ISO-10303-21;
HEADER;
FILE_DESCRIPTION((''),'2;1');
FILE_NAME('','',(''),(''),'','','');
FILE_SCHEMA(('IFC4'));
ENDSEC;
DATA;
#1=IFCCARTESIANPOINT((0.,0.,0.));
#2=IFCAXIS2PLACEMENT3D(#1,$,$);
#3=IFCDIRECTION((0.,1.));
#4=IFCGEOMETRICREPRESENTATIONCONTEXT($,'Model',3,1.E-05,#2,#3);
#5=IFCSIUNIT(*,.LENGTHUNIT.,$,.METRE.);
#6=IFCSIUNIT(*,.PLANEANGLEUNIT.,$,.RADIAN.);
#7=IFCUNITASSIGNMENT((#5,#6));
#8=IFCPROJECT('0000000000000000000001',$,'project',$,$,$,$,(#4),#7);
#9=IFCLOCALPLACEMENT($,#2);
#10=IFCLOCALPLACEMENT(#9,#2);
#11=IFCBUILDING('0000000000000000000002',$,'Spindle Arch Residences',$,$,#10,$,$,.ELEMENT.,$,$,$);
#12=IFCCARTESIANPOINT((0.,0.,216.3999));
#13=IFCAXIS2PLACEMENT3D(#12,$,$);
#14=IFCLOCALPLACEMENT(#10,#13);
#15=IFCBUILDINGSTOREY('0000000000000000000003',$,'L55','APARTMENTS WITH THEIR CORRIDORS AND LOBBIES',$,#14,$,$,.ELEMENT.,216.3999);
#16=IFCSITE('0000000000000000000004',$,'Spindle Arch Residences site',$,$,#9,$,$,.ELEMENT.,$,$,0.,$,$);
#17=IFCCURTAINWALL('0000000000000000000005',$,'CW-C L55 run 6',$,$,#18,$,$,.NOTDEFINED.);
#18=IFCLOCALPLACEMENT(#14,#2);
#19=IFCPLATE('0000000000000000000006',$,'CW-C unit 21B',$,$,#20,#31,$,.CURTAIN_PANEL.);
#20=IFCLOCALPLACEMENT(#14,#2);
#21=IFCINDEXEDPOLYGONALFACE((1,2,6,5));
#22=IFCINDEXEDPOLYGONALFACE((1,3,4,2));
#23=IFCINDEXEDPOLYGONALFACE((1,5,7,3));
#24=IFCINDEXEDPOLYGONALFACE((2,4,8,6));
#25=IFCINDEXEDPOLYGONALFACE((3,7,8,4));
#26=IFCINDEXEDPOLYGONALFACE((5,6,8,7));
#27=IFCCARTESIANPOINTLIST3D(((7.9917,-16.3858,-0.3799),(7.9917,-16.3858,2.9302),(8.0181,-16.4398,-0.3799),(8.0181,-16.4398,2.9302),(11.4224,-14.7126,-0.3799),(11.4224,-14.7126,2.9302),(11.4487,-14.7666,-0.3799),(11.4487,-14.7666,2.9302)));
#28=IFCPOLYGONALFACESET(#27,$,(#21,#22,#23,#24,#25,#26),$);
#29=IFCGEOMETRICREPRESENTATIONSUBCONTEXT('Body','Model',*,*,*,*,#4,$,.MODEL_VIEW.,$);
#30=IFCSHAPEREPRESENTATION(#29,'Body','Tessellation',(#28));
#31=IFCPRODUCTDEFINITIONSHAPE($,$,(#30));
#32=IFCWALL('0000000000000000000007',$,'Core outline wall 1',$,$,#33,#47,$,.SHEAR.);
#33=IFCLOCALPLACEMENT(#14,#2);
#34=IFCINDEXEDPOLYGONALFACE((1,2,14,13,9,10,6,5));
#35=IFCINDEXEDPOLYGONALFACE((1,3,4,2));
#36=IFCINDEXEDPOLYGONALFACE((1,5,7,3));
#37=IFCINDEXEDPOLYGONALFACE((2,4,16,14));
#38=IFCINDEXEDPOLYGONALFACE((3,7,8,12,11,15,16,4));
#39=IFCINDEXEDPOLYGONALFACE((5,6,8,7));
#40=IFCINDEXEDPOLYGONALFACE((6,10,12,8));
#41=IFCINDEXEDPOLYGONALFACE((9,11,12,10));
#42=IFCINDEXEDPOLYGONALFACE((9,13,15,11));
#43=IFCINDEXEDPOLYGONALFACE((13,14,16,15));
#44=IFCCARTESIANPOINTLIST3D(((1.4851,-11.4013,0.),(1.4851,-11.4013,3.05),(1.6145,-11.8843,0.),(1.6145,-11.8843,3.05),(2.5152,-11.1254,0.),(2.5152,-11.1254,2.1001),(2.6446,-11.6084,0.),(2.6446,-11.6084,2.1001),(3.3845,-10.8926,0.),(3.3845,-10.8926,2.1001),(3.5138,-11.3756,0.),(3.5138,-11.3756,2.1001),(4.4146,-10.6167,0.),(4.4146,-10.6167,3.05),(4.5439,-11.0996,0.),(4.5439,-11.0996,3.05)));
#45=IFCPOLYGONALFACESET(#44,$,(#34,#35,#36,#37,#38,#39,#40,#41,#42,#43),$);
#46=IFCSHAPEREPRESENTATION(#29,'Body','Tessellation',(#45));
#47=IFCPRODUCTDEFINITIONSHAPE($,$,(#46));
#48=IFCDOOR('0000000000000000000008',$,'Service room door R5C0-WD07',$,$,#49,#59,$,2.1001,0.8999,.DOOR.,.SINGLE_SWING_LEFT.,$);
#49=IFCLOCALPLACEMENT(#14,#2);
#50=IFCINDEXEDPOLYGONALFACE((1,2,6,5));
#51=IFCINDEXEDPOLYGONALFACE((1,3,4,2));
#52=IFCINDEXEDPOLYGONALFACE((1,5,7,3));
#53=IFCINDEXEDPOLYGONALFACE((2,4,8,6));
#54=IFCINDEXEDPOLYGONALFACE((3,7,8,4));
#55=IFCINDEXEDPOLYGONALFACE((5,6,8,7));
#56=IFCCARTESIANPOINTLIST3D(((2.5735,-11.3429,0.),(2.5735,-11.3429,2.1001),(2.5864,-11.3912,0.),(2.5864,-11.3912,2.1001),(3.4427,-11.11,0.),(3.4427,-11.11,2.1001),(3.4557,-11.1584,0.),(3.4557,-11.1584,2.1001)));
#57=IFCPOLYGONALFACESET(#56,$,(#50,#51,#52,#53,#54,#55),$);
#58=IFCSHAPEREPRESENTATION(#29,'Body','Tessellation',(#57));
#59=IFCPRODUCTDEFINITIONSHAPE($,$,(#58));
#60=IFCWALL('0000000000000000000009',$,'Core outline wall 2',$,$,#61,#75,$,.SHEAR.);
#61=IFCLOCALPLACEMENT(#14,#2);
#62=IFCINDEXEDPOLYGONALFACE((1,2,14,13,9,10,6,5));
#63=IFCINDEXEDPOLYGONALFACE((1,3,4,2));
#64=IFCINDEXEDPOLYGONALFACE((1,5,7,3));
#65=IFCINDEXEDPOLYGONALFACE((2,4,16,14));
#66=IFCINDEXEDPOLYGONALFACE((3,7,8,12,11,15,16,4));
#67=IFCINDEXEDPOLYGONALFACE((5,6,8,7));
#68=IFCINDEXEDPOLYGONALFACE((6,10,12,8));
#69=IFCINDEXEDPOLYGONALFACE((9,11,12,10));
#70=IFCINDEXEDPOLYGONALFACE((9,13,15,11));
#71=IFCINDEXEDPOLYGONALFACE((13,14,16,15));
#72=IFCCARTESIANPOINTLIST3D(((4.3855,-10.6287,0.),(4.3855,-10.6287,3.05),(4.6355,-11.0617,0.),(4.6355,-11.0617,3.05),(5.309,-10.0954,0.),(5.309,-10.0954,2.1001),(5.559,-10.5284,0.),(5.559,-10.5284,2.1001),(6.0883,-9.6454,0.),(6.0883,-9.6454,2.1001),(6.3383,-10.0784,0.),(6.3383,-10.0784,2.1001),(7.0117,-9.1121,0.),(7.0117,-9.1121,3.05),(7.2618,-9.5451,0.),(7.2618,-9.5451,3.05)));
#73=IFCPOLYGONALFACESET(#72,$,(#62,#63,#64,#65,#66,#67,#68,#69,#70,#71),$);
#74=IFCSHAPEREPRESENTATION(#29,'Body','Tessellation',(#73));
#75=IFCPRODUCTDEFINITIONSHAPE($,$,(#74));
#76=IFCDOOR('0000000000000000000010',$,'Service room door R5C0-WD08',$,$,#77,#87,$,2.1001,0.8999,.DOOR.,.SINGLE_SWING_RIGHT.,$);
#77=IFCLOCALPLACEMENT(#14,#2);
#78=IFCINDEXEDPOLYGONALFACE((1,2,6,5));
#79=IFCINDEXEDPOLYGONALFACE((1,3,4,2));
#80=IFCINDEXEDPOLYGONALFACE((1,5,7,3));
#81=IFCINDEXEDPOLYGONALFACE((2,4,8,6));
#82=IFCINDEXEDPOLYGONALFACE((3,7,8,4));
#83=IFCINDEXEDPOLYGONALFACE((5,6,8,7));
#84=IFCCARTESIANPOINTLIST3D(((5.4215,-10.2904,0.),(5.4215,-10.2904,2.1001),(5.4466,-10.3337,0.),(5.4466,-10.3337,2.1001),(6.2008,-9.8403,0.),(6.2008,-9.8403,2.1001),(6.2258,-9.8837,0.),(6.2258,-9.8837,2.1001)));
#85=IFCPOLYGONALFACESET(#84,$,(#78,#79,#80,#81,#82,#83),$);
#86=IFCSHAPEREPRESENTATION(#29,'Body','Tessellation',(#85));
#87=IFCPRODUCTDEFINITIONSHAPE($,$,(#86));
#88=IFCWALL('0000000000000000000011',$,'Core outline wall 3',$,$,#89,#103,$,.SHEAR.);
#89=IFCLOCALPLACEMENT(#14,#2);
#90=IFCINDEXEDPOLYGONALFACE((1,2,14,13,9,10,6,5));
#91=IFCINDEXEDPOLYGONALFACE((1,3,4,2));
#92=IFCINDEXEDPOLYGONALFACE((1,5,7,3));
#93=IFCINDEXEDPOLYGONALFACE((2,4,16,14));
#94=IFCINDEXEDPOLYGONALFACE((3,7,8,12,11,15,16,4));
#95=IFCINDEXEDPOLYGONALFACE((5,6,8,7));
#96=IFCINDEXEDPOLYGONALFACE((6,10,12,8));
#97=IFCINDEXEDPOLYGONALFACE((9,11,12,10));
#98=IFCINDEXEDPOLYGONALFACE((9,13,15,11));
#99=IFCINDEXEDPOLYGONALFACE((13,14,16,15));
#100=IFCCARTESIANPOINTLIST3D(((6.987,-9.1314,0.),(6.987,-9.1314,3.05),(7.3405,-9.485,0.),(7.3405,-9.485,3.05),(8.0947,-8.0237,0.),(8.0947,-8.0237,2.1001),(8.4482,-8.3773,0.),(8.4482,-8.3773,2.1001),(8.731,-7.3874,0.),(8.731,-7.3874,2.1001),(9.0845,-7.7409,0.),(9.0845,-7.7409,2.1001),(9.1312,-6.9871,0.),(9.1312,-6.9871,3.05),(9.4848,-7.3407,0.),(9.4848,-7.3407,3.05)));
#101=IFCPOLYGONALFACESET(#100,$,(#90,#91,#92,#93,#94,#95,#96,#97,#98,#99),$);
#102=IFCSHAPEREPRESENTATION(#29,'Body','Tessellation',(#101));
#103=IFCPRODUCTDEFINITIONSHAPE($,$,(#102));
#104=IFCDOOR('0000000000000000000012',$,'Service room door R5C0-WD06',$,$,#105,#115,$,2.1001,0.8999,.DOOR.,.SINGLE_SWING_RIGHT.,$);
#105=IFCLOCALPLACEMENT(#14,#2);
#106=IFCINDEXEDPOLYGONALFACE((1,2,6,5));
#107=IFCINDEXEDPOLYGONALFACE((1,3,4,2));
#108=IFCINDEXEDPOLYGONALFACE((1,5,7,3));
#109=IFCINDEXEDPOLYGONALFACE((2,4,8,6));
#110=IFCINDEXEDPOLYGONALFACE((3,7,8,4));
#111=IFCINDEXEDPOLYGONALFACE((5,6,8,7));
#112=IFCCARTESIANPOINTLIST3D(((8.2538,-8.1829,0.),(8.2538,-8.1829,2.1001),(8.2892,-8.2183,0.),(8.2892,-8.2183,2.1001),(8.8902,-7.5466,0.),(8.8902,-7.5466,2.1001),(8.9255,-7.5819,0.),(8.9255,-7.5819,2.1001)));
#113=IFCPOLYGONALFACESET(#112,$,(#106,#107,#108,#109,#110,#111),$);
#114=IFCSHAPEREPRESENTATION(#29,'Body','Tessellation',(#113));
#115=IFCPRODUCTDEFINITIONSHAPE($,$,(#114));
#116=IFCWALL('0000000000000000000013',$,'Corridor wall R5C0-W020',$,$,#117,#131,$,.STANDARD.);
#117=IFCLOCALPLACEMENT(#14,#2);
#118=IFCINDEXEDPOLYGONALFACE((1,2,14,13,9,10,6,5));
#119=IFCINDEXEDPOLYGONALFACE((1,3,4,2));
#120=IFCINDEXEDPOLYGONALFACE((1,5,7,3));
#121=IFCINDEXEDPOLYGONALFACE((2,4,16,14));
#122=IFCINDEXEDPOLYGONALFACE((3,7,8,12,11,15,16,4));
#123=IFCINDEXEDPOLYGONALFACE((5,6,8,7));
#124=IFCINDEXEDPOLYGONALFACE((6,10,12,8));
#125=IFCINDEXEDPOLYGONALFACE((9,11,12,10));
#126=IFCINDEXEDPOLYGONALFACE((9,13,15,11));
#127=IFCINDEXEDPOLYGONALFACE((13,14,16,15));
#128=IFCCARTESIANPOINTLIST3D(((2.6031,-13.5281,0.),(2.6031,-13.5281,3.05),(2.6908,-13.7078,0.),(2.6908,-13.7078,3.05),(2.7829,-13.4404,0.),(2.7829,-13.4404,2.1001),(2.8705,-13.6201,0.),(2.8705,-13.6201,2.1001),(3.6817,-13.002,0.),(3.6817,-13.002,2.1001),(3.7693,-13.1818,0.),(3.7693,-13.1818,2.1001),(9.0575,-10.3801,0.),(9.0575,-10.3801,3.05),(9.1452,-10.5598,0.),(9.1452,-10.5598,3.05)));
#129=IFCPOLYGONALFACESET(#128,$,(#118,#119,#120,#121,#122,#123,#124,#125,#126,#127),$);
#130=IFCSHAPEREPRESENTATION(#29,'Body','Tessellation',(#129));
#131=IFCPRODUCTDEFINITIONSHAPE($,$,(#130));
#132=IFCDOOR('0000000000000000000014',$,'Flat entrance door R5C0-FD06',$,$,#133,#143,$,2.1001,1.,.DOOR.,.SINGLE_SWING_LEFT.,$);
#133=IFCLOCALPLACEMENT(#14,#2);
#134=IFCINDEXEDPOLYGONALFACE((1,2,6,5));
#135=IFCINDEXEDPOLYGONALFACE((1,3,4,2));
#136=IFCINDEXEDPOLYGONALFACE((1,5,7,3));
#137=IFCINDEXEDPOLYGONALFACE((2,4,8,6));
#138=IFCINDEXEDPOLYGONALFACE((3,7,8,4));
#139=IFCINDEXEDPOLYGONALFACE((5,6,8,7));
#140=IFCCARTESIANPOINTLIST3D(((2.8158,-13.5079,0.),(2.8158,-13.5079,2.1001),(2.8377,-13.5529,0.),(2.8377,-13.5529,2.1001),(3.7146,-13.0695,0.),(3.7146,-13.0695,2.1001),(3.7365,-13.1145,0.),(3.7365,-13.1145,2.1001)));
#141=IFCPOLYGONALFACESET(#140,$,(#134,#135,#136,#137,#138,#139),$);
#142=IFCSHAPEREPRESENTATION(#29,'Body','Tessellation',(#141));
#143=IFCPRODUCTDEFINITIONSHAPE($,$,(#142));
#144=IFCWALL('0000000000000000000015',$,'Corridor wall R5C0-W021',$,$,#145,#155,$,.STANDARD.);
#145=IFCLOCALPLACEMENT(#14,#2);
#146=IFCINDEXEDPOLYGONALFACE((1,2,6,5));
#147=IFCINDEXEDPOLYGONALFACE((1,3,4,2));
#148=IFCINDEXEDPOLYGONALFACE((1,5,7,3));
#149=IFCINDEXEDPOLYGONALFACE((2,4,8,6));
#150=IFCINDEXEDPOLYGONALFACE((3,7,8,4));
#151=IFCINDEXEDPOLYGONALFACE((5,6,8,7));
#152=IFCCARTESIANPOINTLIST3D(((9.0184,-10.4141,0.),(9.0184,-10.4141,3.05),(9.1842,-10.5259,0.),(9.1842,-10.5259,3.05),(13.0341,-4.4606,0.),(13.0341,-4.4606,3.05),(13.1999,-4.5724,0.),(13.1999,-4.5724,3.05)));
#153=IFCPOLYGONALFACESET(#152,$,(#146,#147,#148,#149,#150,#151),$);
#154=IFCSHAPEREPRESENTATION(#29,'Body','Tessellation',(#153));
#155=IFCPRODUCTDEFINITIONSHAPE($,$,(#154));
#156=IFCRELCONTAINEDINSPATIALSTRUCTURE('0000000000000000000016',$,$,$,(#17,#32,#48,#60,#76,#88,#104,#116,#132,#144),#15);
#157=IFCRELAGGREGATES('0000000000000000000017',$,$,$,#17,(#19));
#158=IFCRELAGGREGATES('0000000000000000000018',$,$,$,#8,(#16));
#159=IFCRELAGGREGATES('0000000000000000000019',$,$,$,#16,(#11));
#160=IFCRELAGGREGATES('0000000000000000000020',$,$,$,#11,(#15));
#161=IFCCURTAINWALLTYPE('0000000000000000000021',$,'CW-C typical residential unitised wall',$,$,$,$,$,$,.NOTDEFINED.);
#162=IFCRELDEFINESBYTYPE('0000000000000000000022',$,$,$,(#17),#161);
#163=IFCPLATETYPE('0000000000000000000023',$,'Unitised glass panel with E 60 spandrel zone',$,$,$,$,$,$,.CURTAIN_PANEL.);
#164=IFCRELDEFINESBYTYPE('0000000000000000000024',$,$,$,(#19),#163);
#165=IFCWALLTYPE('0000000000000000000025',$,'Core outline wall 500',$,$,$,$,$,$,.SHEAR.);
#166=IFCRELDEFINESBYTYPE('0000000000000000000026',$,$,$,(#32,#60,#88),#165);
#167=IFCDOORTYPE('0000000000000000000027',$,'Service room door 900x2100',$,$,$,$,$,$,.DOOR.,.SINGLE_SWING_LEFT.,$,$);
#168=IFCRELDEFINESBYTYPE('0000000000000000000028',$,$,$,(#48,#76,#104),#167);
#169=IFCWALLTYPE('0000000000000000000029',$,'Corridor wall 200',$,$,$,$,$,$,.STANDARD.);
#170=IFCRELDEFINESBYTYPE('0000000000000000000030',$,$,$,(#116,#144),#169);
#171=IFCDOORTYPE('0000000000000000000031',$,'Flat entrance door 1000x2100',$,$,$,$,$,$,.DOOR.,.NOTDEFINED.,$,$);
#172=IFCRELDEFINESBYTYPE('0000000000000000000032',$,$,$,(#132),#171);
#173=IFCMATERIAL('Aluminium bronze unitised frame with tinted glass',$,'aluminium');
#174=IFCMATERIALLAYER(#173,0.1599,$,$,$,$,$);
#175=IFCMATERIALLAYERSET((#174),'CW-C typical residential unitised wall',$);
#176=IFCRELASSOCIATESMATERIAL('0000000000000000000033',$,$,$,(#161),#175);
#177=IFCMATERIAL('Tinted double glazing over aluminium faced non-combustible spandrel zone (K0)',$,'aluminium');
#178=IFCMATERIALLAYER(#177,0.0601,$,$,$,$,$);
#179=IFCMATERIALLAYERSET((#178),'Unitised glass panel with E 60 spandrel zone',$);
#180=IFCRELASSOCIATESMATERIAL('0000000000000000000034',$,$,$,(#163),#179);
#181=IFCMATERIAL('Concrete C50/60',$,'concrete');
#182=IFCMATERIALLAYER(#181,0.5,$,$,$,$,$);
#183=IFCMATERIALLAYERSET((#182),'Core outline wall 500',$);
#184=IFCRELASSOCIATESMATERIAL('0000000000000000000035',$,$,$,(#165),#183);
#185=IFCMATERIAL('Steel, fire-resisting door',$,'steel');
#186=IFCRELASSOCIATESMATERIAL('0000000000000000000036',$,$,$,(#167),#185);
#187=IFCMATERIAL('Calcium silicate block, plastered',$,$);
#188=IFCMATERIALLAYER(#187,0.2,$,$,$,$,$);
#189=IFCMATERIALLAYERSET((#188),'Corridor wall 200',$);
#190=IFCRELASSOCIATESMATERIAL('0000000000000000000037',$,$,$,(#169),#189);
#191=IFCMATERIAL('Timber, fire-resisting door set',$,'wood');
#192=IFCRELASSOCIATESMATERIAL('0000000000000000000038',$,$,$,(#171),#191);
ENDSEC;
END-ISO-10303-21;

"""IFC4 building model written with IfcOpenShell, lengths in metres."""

from ifc_helpers import new_model, si_unit, direction, frame, frame_2d, origin, origin_2d, place, context, subcontext, project, spatial, rectangle, extrude, material, layer, layer_set, type_object, element, fill, aggregate, save


model = new_model("IFC4")

# Units and contexts
model_context = context("Model", 3, precision=1e-05, world=origin(), true_north=direction((0.0, 1.0)))
body_context = subcontext(model_context, "Body", "Model", "MODEL_VIEW")
ifc_project = project(units=[si_unit("LENGTHUNIT", "METRE"), si_unit("PLANEANGLEUNIT", "RADIAN")], contexts=[model_context])

# Site, building, storey
site_placement = place(None, origin())
site = spatial("IfcSite", under=ifc_project, at=site_placement, Name="Spindle Arch Residences site", CompositionType="ELEMENT", RefElevation=0.0)
building_placement = place(site_placement, origin())
building = spatial("IfcBuilding", under=site, at=building_placement, Name="Spindle Arch Residences", CompositionType="ELEMENT")
storey_placement = place(building_placement, frame((0.0, 0.0, 216.3999)))
storey = spatial("IfcBuildingStorey", under=building, at=storey_placement, Name="L55", Description="APARTMENTS WITH THEIR CORRIDORS AND LOBBIES", CompositionType="ELEMENT", Elevation=216.3999)

# Curtain wall
ifc_material_1 = material(Name="Aluminium bronze unitised frame with tinted glass", Category="aluminium")
ifc_layer_1 = layer(ifc_material_1, 0.1599)
ifc_layer_set_1 = layer_set([ifc_layer_1], Name="CW-C typical residential unitised wall")
curtain_wall_type = type_object("IfcCurtainWallType", Name="CW-C typical residential unitised wall", PredefinedType="NOTDEFINED", material=ifc_layer_set_1)
curtain_wall_placement = place(storey_placement, origin())
curtain_wall = element("IfcCurtainWall", 1, at=curtain_wall_placement, inside=storey, type_object=curtain_wall_type, Name="CW-C L55 run 6", PredefinedType="NOTDEFINED")

# Plate
ifc_material_2 = material(Name="Tinted double glazing over aluminium faced non-combustible spandrel zone (K0)", Category="aluminium")
ifc_layer_2 = layer(ifc_material_2, 0.0601)
ifc_layer_set_2 = layer_set([ifc_layer_2], Name="Unitised glass panel with E 60 spandrel zone")
plate_type = type_object("IfcPlateType", Name="Unitised glass panel with E 60 spandrel zone", PredefinedType="CURTAIN_PANEL", material=ifc_layer_set_2)
plate_1_placement = place(storey_placement, frame((9.7202, -15.5762, -0.3799), z_axis=(0.0, 0.0, 1.0), x_axis=(0.898794, 0.438371, 0.0)))
plate_1 = element("IfcPlate", 2, at=plate_1_placement, type_object=plate_type, Name="CW-C unit 21B", PredefinedType="CURTAIN_PANEL", context=body_context, shape_type="SweptSolid", body=[
    extrude(rectangle(XDim=3.8169, YDim=0.0601, at=origin_2d()), origin(), (0.0, 0.0, 1.0), 3.3101),
])
aggregate(curtain_wall, [plate_1])

# Walls, openings, doors
ifc_material_3 = material(Name="Concrete C50/60", Category="concrete")
ifc_layer_3 = layer(ifc_material_3, 0.5)
ifc_layer_set_3 = layer_set([ifc_layer_3], Name="Core outline wall 500")
wall_type_1 = type_object("IfcWallType", Name="Core outline wall 500", PredefinedType="SHEAR", material=ifc_layer_set_3)
wall_1_placement = place(storey_placement, frame((1.5498, -11.6428, 0.0), z_axis=(0.0, 0.0, 1.0), x_axis=(0.965948, 0.258735, 0.0)))
wall_1 = element("IfcWall", 3, at=wall_1_placement, inside=storey, type_object=wall_type_1, Name="Core outline wall 1", PredefinedType="SHEAR", context=body_context, shape_type="SweptSolid", body=[
    extrude(rectangle(XDim=3.0327, YDim=0.5, at=frame_2d((1.5164, 0.0))), origin(), (0.0, 0.0, 1.0), 3.05),
])
opening_1_placement = place(wall_1_placement, frame((1.0664, 0.0, 0.0)))
opening_1 = element("IfcOpeningElement", 4, at=opening_1_placement, cuts=wall_1, PredefinedType="OPENING", context=body_context, shape_type="SweptSolid", body=[
    extrude(rectangle(XDim=0.8999, YDim=2.1001, at=frame_2d((0.45, 1.05))), frame((0.0, 0.26, 0.0), z_axis=(0.0, -1.0, 0.0), x_axis=(1.0, 0.0, 0.0)), (0.0, 0.0, 1.0), 0.52),
])
ifc_material_4 = material(Name="Steel, fire-resisting door", Category="steel")
door_type_1 = type_object("IfcDoorType", Name="Service room door 900x2100", OperationType="SINGLE_SWING_LEFT", PredefinedType="DOOR", material=ifc_material_4)
door_1_placement = place(opening_1_placement, origin())
door_1 = element("IfcDoor", 5, at=door_1_placement, inside=storey, type_object=door_type_1, Name="Service room door R5C0-WD07", OperationType="SINGLE_SWING_LEFT", OverallHeight=2.1001, OverallWidth=0.8999, PredefinedType="DOOR", context=body_context, shape_type="SweptSolid", body=[
    extrude(rectangle(XDim=0.8999, YDim=2.1001, at=frame_2d((0.45, 1.05))), frame((0.0, 0.0249, 0.0), z_axis=(0.0, -1.0, 0.0), x_axis=(1.0, 0.0, 0.0)), (0.0, 0.0, 1.0), 0.05),
])
fill(opening_1, door_1)
wall_2_placement = place(storey_placement, frame((4.5105, -10.8452, 0.0), z_axis=(0.0, 0.0, 1.0), x_axis=(0.865975, 0.500087, 0.0)))
wall_2 = element("IfcWall", 6, at=wall_2_placement, inside=storey, type_object=wall_type_1, Name="Core outline wall 2", PredefinedType="SHEAR", context=body_context, shape_type="SweptSolid", body=[
    extrude(rectangle(XDim=3.0327, YDim=0.5, at=frame_2d((1.5164, 0.0))), origin(), (0.0, 0.0, 1.0), 3.05),
])
opening_2_placement = place(wall_2_placement, frame((1.0664, 0.0, 0.0)))
opening_2 = element("IfcOpeningElement", 7, at=opening_2_placement, cuts=wall_2, PredefinedType="OPENING", context=body_context, shape_type="SweptSolid", body=[
    extrude(rectangle(XDim=0.8999, YDim=2.1001, at=frame_2d((0.45, 1.05))), frame((0.0, 0.26, 0.0), z_axis=(0.0, -1.0, 0.0), x_axis=(1.0, 0.0, 0.0)), (0.0, 0.0, 1.0), 0.52),
])
door_2_placement = place(opening_2_placement, origin())
door_2 = element("IfcDoor", 8, at=door_2_placement, inside=storey, type_object=door_type_1, Name="Service room door R5C0-WD08", OperationType="SINGLE_SWING_RIGHT", OverallHeight=2.1001, OverallWidth=0.8999, PredefinedType="DOOR", context=body_context, shape_type="SweptSolid", body=[
    extrude(rectangle(XDim=0.8999, YDim=2.1001, at=frame_2d((0.45, 1.05))), frame((0.0, 0.0249, 0.0), z_axis=(0.0, -1.0, 0.0), x_axis=(1.0, 0.0, 0.0)), (0.0, 0.0, 1.0), 0.05),
])
fill(opening_2, door_2)
wall_3_placement = place(storey_placement, frame((7.1638, -9.3081, 0.0), z_axis=(0.0, 0.0, 1.0), x_axis=(0.707107, 0.707107, 0.0)))
wall_3 = element("IfcWall", 9, at=wall_3_placement, inside=storey, type_object=wall_type_1, Name="Core outline wall 3", PredefinedType="SHEAR", context=body_context, shape_type="SweptSolid", body=[
    extrude(rectangle(XDim=3.0325, YDim=0.5, at=frame_2d((1.5161, 0.0))), origin(), (0.0, 0.0, 1.0), 3.05),
])
opening_3_placement = place(wall_3_placement, frame((1.5664, 0.0, 0.0)))
opening_3 = element("IfcOpeningElement", 10, at=opening_3_placement, cuts=wall_3, PredefinedType="OPENING", context=body_context, shape_type="SweptSolid", body=[
    extrude(rectangle(XDim=0.8999, YDim=2.1001, at=frame_2d((0.45, 1.05))), frame((0.0, 0.26, 0.0), z_axis=(0.0, -1.0, 0.0), x_axis=(1.0, 0.0, 0.0)), (0.0, 0.0, 1.0), 0.52),
])
door_3_placement = place(opening_3_placement, origin())
door_3 = element("IfcDoor", 11, at=door_3_placement, inside=storey, type_object=door_type_1, Name="Service room door R5C0-WD06", OperationType="SINGLE_SWING_RIGHT", OverallHeight=2.1001, OverallWidth=0.8999, PredefinedType="DOOR", context=body_context, shape_type="SweptSolid", body=[
    extrude(rectangle(XDim=0.8999, YDim=2.1001, at=frame_2d((0.45, 1.05))), frame((0.0, 0.0249, 0.0), z_axis=(0.0, -1.0, 0.0), x_axis=(1.0, 0.0, 0.0)), (0.0, 0.0, 1.0), 0.05),
])
fill(opening_3, door_3)
ifc_material_5 = material(Name="Calcium silicate block, plastered")
ifc_layer_4 = layer(ifc_material_5, 0.2)
ifc_layer_set_4 = layer_set([ifc_layer_4], Name="Corridor wall 200")
wall_type_2 = type_object("IfcWallType", Name="Corridor wall 200", PredefinedType="STANDARD", material=ifc_layer_set_4)
wall_4_placement = place(storey_placement, frame((2.647, -13.6179, 0.0), z_axis=(0.0, 0.0, 1.0), x_axis=(0.898797, 0.438366, 0.0)))
wall_4 = element("IfcWall", 12, at=wall_4_placement, inside=storey, type_object=wall_type_2, Name="Corridor wall R5C0-W020", PredefinedType="STANDARD", context=body_context, shape_type="SweptSolid", body=[
    extrude(rectangle(XDim=7.1812, YDim=0.2, at=frame_2d((3.5906, 0.0))), origin(), (0.0, 0.0, 1.0), 3.05),
])
opening_4_placement = place(wall_4_placement, frame((0.2, 0.0, 0.0)))
opening_4 = element("IfcOpeningElement", 13, at=opening_4_placement, cuts=wall_4, PredefinedType="OPENING", context=body_context, shape_type="SweptSolid", body=[
    extrude(rectangle(XDim=1.0, YDim=2.1001, at=frame_2d((0.5, 1.05))), frame((0.0, 0.1099, 0.0), z_axis=(0.0, -1.0, 0.0), x_axis=(1.0, 0.0, 0.0)), (0.0, 0.0, 1.0), 0.22),
])
ifc_material_6 = material(Name="Timber, fire-resisting door set", Category="wood")
door_type_2 = type_object("IfcDoorType", Name="Flat entrance door 1000x2100", OperationType="NOTDEFINED", PredefinedType="DOOR", material=ifc_material_6)
door_4_placement = place(opening_4_placement, origin())
door_4 = element("IfcDoor", 14, at=door_4_placement, inside=storey, type_object=door_type_2, Name="Flat entrance door R5C0-FD06", OperationType="SINGLE_SWING_LEFT", OverallHeight=2.1001, OverallWidth=1.0, PredefinedType="DOOR", context=body_context, shape_type="SweptSolid", body=[
    extrude(rectangle(XDim=1.0, YDim=2.1001, at=frame_2d((0.5, 1.05))), frame((0.0, 0.0249, 0.0), z_axis=(0.0, -1.0, 0.0), x_axis=(1.0, 0.0, 0.0)), (0.0, 0.0, 1.0), 0.05),
])
fill(opening_4, door_4)

# Wall
wall_5_placement = place(storey_placement, frame((9.1013, -10.47, 0.0), z_axis=(0.0, 0.0, 1.0), x_axis=(0.559195, 0.829036, 0.0)))
element("IfcWall", 15, at=wall_5_placement, inside=storey, type_object=wall_type_2, Name="Corridor wall R5C0-W021", PredefinedType="STANDARD", context=body_context, shape_type="SweptSolid", body=[
    extrude(rectangle(XDim=7.1812, YDim=0.2, at=frame_2d((3.5906, 0.0))), origin(), (0.0, 0.0, 1.0), 3.05),
])

save(model, "model.ifc")
